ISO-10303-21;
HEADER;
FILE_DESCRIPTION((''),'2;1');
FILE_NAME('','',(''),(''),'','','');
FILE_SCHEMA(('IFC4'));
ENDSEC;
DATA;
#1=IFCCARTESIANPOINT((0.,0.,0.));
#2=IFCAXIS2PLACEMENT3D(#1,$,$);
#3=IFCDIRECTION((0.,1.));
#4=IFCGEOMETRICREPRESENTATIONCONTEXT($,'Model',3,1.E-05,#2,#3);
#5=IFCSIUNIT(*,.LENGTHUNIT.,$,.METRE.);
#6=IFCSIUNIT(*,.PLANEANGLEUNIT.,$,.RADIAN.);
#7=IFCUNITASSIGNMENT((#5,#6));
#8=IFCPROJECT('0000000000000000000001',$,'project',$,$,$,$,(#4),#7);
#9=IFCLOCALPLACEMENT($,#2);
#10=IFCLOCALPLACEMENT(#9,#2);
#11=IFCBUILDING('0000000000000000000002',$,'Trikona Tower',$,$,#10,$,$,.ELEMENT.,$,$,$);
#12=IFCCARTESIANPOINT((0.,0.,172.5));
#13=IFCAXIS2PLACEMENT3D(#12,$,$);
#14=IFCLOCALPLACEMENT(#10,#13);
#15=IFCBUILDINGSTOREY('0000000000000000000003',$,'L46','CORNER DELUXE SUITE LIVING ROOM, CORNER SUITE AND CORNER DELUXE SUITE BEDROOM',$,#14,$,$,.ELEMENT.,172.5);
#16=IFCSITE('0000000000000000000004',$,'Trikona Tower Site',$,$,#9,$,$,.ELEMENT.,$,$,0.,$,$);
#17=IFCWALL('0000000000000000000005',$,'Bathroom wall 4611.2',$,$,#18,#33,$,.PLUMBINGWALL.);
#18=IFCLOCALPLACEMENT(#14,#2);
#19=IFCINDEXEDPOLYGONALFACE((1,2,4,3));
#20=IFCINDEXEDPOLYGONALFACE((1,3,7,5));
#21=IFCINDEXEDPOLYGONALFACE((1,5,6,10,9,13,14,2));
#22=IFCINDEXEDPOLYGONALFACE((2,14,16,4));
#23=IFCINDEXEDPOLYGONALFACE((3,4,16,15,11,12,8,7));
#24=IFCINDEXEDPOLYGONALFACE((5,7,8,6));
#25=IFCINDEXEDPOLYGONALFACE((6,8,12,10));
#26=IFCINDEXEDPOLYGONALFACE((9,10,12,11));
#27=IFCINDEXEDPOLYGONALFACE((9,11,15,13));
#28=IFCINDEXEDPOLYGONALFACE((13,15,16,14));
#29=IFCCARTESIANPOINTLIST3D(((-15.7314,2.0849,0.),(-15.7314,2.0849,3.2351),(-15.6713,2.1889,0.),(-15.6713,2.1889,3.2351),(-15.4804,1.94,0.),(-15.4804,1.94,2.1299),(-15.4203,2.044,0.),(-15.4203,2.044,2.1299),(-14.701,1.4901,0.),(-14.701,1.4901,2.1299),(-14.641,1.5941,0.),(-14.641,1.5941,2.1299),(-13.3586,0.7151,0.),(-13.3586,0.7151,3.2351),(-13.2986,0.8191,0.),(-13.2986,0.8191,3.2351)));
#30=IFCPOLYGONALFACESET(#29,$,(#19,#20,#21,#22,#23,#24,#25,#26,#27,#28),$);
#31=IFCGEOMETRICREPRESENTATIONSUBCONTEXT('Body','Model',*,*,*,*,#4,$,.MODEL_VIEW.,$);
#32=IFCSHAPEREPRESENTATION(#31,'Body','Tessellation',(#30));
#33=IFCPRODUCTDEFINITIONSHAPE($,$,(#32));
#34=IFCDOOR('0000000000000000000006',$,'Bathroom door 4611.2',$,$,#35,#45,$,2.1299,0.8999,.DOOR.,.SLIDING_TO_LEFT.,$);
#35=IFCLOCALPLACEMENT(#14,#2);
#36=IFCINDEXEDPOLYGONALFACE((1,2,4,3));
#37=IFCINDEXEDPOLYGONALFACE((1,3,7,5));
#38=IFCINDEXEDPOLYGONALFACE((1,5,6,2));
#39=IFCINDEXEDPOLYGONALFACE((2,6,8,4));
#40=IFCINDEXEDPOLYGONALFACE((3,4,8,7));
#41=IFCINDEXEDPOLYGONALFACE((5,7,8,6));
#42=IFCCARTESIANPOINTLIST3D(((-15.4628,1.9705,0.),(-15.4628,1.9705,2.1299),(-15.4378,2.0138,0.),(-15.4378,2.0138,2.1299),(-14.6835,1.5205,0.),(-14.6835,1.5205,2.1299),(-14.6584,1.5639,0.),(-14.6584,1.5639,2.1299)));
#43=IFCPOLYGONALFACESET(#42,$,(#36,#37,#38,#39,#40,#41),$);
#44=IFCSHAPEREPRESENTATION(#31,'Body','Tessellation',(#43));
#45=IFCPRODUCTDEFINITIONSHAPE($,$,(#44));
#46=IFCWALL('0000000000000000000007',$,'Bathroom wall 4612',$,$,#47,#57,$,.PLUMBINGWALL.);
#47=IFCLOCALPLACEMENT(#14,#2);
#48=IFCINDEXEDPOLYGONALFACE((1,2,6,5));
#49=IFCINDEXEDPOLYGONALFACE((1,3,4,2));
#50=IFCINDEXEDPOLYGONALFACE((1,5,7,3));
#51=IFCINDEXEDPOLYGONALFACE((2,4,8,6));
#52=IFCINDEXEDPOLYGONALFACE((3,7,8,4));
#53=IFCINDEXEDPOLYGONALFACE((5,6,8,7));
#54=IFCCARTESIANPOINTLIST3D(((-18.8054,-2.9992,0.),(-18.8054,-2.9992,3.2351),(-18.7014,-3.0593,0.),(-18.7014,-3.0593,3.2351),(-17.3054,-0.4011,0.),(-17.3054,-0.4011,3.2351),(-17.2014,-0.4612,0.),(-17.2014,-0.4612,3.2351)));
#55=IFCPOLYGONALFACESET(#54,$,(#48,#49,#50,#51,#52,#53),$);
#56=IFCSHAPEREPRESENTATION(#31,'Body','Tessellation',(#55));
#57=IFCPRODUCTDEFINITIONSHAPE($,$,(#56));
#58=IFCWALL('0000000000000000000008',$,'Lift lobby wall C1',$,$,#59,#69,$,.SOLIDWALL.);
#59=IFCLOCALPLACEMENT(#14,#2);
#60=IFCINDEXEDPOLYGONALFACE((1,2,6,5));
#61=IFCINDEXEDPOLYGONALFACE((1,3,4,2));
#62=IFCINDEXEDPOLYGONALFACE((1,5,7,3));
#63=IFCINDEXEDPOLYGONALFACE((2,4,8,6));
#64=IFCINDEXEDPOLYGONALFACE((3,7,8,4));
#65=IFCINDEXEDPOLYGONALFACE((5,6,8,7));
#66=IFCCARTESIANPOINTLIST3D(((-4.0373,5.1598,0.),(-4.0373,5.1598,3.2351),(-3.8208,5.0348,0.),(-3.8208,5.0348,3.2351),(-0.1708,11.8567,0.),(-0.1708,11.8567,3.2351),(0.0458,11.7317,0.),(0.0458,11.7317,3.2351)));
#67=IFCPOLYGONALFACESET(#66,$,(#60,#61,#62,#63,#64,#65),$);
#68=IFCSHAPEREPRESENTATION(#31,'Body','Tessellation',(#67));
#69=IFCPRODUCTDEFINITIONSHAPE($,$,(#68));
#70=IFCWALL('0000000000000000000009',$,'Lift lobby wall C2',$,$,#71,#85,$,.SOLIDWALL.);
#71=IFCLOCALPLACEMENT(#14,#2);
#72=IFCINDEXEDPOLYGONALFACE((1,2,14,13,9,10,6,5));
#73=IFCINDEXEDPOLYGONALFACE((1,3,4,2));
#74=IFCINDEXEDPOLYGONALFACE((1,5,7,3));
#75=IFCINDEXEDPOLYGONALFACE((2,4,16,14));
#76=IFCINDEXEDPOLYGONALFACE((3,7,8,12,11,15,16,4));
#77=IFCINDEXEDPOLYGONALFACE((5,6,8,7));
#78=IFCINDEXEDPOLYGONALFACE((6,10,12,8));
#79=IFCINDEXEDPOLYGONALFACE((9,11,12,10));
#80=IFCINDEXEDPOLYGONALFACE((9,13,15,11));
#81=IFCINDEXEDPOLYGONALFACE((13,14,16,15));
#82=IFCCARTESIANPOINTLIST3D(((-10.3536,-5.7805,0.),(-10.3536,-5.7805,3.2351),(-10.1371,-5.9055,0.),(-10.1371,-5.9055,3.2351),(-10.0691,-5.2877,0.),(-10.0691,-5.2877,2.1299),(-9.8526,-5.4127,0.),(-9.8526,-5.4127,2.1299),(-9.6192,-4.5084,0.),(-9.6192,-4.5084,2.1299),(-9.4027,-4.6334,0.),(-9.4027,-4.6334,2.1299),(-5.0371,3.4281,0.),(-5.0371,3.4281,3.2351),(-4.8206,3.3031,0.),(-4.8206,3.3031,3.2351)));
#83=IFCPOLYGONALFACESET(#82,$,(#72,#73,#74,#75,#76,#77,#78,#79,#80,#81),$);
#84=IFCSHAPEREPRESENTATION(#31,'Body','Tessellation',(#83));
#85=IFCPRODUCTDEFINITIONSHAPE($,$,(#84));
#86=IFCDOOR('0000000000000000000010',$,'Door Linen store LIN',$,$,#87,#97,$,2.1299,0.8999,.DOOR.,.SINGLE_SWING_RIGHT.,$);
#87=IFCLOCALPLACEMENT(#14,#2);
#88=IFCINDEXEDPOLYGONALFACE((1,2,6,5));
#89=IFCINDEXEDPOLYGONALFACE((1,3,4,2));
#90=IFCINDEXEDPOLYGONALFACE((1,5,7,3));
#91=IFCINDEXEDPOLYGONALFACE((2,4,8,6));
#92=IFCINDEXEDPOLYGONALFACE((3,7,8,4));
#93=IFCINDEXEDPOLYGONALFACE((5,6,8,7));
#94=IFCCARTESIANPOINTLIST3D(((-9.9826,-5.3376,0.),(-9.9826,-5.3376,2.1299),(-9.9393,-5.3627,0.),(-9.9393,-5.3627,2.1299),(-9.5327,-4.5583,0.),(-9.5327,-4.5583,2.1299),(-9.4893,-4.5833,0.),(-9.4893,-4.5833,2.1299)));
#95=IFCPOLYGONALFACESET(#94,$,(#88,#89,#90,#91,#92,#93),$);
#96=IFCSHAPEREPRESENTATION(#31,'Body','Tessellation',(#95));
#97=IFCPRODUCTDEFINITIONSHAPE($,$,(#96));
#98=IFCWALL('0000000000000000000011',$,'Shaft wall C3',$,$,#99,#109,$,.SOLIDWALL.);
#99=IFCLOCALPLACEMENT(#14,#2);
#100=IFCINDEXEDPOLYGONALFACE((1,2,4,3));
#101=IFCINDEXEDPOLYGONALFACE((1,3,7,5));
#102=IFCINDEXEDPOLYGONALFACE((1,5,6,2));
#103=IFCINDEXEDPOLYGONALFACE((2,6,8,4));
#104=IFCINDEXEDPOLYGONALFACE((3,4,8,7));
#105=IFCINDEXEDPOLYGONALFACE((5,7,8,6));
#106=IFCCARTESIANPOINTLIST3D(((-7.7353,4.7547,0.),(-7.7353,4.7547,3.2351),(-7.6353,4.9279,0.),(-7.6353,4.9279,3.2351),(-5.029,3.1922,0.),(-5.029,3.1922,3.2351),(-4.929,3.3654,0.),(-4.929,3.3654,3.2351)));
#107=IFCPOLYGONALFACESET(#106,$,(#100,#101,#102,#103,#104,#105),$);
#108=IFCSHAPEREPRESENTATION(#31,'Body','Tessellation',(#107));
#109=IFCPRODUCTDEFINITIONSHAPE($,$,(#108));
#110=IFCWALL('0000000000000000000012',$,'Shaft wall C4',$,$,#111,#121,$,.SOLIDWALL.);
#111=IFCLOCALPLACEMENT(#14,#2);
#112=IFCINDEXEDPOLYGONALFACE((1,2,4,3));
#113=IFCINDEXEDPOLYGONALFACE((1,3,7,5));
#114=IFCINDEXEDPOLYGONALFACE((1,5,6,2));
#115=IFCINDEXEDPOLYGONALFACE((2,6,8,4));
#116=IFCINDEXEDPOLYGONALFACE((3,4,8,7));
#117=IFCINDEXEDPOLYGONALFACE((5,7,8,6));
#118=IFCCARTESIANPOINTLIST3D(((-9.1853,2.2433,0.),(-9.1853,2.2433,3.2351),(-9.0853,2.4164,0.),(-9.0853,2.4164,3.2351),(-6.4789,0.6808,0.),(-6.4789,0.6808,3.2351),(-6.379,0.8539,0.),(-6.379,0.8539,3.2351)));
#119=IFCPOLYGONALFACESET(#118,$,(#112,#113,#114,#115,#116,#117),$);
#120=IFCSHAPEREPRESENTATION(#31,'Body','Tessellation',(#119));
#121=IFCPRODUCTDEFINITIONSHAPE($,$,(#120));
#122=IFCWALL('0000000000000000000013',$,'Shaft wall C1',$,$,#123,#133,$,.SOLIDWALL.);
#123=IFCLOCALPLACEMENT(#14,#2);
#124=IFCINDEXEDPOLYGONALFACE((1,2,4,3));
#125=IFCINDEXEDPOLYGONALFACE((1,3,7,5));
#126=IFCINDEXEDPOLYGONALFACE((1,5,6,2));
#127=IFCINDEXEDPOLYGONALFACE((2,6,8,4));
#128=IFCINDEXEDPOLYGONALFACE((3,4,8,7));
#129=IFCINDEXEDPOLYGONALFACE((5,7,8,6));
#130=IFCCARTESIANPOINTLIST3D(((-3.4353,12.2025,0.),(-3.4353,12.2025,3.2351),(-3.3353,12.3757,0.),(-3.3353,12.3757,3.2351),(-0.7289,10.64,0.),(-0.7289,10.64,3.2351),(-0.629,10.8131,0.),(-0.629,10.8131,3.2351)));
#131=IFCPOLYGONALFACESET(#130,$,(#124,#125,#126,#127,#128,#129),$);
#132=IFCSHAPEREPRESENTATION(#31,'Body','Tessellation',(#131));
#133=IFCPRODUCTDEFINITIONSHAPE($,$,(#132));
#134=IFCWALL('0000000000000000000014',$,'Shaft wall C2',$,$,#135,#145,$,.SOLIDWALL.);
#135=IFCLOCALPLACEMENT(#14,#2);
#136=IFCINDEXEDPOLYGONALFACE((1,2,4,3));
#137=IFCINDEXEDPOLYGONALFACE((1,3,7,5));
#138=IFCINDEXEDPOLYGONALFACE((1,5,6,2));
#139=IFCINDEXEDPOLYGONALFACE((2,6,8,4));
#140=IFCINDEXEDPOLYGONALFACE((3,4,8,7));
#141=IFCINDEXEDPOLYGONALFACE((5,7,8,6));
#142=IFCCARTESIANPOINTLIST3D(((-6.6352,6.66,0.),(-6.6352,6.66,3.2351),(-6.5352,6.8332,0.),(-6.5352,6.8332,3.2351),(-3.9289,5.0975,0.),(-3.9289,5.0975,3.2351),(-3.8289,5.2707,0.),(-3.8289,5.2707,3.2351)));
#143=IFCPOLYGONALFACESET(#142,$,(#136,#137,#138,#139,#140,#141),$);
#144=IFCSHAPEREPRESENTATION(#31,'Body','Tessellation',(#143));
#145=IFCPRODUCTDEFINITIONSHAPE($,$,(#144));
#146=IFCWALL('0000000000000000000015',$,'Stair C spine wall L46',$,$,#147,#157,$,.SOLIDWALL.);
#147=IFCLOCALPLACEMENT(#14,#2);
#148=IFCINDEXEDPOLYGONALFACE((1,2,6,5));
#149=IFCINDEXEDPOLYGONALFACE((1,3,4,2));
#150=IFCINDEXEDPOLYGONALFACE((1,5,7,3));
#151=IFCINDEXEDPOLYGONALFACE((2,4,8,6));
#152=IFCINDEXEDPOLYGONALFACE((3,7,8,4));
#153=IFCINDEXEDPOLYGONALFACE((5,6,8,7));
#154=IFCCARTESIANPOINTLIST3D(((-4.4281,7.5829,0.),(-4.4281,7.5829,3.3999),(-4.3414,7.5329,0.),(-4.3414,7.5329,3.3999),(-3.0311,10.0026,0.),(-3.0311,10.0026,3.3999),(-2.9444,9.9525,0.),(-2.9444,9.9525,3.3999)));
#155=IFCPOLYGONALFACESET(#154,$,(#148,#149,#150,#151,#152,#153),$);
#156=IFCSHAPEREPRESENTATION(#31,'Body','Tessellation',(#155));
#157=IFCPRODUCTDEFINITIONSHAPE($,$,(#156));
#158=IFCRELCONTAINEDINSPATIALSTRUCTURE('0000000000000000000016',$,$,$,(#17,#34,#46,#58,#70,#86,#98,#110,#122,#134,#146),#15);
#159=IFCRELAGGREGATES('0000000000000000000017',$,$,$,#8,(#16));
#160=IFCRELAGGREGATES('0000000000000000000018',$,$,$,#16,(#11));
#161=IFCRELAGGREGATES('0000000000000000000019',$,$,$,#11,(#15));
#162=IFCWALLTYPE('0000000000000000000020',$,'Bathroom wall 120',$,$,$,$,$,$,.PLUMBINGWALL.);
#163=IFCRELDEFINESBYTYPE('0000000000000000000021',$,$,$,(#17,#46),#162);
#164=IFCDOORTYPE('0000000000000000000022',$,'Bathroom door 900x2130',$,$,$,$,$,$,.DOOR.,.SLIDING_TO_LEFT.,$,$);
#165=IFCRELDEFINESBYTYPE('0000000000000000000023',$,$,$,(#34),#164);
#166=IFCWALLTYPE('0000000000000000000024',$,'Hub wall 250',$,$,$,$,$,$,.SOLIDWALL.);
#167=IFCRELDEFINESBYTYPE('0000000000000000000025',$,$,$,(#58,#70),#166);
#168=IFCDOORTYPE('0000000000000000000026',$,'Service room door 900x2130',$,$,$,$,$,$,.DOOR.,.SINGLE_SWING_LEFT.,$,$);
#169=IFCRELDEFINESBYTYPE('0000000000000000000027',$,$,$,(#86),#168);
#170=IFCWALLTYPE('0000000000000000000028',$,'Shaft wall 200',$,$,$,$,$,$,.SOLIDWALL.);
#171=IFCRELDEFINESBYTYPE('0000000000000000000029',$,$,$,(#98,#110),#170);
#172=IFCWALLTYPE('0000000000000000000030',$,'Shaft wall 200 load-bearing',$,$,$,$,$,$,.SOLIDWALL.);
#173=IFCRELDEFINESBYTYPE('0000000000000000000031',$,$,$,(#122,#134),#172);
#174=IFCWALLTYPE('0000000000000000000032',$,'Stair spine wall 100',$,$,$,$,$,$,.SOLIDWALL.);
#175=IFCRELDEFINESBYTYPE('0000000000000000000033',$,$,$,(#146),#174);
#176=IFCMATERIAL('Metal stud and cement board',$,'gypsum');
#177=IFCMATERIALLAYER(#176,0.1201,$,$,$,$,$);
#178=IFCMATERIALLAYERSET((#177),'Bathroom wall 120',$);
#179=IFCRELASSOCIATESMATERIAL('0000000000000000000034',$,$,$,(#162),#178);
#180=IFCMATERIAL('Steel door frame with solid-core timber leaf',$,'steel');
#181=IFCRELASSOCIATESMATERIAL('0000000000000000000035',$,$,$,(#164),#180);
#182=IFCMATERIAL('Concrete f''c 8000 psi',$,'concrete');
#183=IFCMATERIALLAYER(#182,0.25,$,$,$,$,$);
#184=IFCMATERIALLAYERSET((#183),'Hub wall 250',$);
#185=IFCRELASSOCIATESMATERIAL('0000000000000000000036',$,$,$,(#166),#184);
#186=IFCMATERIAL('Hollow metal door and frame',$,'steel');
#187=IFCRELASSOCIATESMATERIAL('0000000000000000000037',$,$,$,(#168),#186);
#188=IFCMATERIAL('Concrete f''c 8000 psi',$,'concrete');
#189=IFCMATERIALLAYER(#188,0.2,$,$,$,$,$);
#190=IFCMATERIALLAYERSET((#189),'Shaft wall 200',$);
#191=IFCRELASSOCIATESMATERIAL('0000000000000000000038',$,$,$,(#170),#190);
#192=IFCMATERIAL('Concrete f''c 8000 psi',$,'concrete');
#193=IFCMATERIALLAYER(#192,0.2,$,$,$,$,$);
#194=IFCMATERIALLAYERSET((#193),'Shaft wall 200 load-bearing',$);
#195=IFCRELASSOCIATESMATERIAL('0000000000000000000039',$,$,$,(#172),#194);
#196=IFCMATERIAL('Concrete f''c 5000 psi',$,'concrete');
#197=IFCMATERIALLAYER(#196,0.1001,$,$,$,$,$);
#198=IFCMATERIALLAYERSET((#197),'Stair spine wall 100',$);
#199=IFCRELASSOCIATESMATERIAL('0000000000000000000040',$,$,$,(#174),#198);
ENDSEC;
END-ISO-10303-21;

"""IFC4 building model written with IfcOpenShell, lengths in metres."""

from ifc_helpers import new_model, si_unit, direction, frame, frame_2d, origin, place, context, subcontext, project, spatial, rectangle, extrude, material, layer, layer_set, type_object, element, fill, save


model = new_model("IFC4")

# Units and contexts
model_context = context("Model", 3, precision=1e-05, world=origin(), true_north=direction((0.0, 1.0)))
body_context = subcontext(model_context, "Body", "Model", "MODEL_VIEW")
ifc_project = project(units=[si_unit("LENGTHUNIT", "METRE"), si_unit("PLANEANGLEUNIT", "RADIAN")], contexts=[model_context])

# Site, building, storey
site_placement = place(None, origin())
site = spatial("IfcSite", under=ifc_project, at=site_placement, Name="Trikona Tower Site", CompositionType="ELEMENT", RefElevation=0.0)
building_placement = place(site_placement, origin())
building = spatial("IfcBuilding", under=site, at=building_placement, Name="Trikona Tower", CompositionType="ELEMENT")
storey_placement = place(building_placement, frame((0.0, 0.0, 172.5)))
storey = spatial("IfcBuildingStorey", under=building, at=storey_placement, Name="L46", Description="CORNER DELUXE SUITE LIVING ROOM, CORNER SUITE AND CORNER DELUXE SUITE BEDROOM", CompositionType="ELEMENT", Elevation=172.5)

# Shared definitions
ifc_material_1 = material(Name="Metal stud and cement board", Category="gypsum")
ifc_layer_1 = layer(ifc_material_1, 0.1201)
ifc_layer_set_1 = layer_set([ifc_layer_1], Name="Bathroom wall 120")
wall_type_1 = type_object("IfcWallType", Name="Bathroom wall 120", PredefinedType="PLUMBINGWALL", material=ifc_layer_set_1)
ifc_material_2 = material(Name="Steel door frame with solid-core timber leaf", Category="steel")
door_type_1 = type_object("IfcDoorType", Name="Bathroom door 900x2130", OperationType="SLIDING_TO_LEFT", PredefinedType="DOOR", material=ifc_material_2)

# Wall, opening, door
wall_1_placement = place(storey_placement, frame((-13.3286, 0.7671, 0.0), z_axis=(0.0, 0.0, 1.0), x_axis=(-0.866036, 0.499982, 0.0)))
wall_1 = element("IfcWall", 1, at=wall_1_placement, inside=storey, type_object=wall_type_1, Name="Bathroom wall 4611.2", PredefinedType="PLUMBINGWALL", context=body_context, shape_type="SweptSolid", body=[
    extrude(rectangle(XDim=2.7397, YDim=0.1201, at=frame_2d((1.3699, 0.0))), origin(), (0.0, 0.0, 1.0), 3.2351),
])
opening_1_placement = place(wall_1_placement, frame((1.55, 0.0, 0.0)))
opening_1 = element("IfcOpeningElement", 2, at=opening_1_placement, cuts=wall_1, PredefinedType="OPENING", context=body_context, shape_type="SweptSolid", body=[
    extrude(rectangle(XDim=0.8999, YDim=2.1299, at=frame_2d((0.45, 1.0649))), frame((0.0, 0.0701, 0.0), z_axis=(0.0, -1.0, 0.0), x_axis=(1.0, 0.0, 0.0)), (0.0, 0.0, 1.0), 0.1401),
])
door_1_placement = place(opening_1_placement, origin())
door_1 = element("IfcDoor", 3, at=door_1_placement, inside=storey, type_object=door_type_1, Name="Bathroom door 4611.2", OperationType="SLIDING_TO_LEFT", OverallHeight=2.1299, OverallWidth=0.8999, PredefinedType="DOOR", context=body_context, shape_type="SweptSolid", body=[
    extrude(rectangle(XDim=0.8999, YDim=2.1299, at=frame_2d((0.45, 1.0649))), frame((0.0, 0.0249, 0.0), z_axis=(0.0, -1.0, 0.0), x_axis=(1.0, 0.0, 0.0)), (0.0, 0.0, 1.0), 0.05),
])
fill(opening_1, door_1)

# Walls
wall_2_placement = place(storey_placement, frame((-17.2534, -0.4312, 0.0), z_axis=(0.0, 0.0, 1.0), x_axis=(-0.49999, -0.866031, 0.0)))
element("IfcWall", 4, at=wall_2_placement, inside=storey, type_object=wall_type_1, Name="Bathroom wall 4612", PredefinedType="PLUMBINGWALL", context=body_context, shape_type="SweptSolid", body=[
    extrude(rectangle(XDim=3.0, YDim=0.1201, at=frame_2d((1.5, 0.0))), origin(), (0.0, 0.0, 1.0), 3.2351),
])
ifc_material_3 = material(Name="Concrete f'c 8000 psi", Category="concrete")
ifc_layer_2 = layer(ifc_material_3, 0.25)
ifc_layer_set_2 = layer_set([ifc_layer_2], Name="Hub wall 250")
wall_type_2 = type_object("IfcWallType", Name="Hub wall 250", PredefinedType="SOLIDWALL", material=ifc_layer_set_2)
wall_3_placement = place(storey_placement, frame((-0.0625, 11.7942, 0.0), z_axis=(0.0, 0.0, 1.0), x_axis=(-0.500007, -0.866022, 0.0)))
element("IfcWall", 5, at=wall_3_placement, inside=storey, type_object=wall_type_2, Name="Lift lobby wall C1", PredefinedType="SOLIDWALL", context=body_context, shape_type="SweptSolid", body=[
    extrude(rectangle(XDim=7.7329, YDim=0.25, at=frame_2d((3.8665, 0.0))), origin(), (0.0, 0.0, 1.0), 3.2351),
])

# Wall, opening, door
wall_4_placement = place(storey_placement, frame((-4.929, 3.3655, 0.0), z_axis=(0.0, 0.0, 1.0), x_axis=(-0.499991, -0.86603, 0.0)))
wall_4 = element("IfcWall", 6, at=wall_4_placement, inside=storey, type_object=wall_type_2, Name="Lift lobby wall C2", PredefinedType="SOLIDWALL", context=body_context, shape_type="SweptSolid", body=[
    extrude(rectangle(XDim=10.6331, YDim=0.25, at=frame_2d((5.3164, 0.0))), origin(), (0.0, 0.0, 1.0), 3.2351),
])
opening_2_placement = place(wall_4_placement, frame((9.1641, 0.0, 0.0)))
opening_2 = element("IfcOpeningElement", 7, at=opening_2_placement, cuts=wall_4, PredefinedType="OPENING", context=body_context, shape_type="SweptSolid", body=[
    extrude(rectangle(XDim=0.8999, YDim=2.1299, at=frame_2d((0.45, 1.0649))), frame((0.0, 0.135, 0.0), z_axis=(0.0, -1.0, 0.0), x_axis=(1.0, 0.0, 0.0)), (0.0, 0.0, 1.0), 0.27),
])
ifc_material_4 = material(Name="Hollow metal door and frame", Category="steel")
door_type_2 = type_object("IfcDoorType", Name="Service room door 900x2130", OperationType="SINGLE_SWING_LEFT", PredefinedType="DOOR", material=ifc_material_4)
door_2_placement = place(opening_2_placement, origin())
door_2 = element("IfcDoor", 8, at=door_2_placement, inside=storey, type_object=door_type_2, Name="Door Linen store LIN", OperationType="SINGLE_SWING_RIGHT", OverallHeight=2.1299, OverallWidth=0.8999, PredefinedType="DOOR", context=body_context, shape_type="SweptSolid", body=[
    extrude(rectangle(XDim=0.8999, YDim=2.1299, at=frame_2d((0.45, 1.0649))), frame((0.0, 0.0249, 0.0), z_axis=(0.0, -1.0, 0.0), x_axis=(1.0, 0.0, 0.0)), (0.0, 0.0, 1.0), 0.05),
])
fill(opening_2, door_2)

# Walls
ifc_material_5 = material(Name="Concrete f'c 8000 psi", Category="concrete")
ifc_layer_3 = layer(ifc_material_5, 0.2)
ifc_layer_set_3 = layer_set([ifc_layer_3], Name="Shaft wall 200")
wall_type_3 = type_object("IfcWallType", Name="Shaft wall 200", PredefinedType="SOLIDWALL", material=ifc_layer_set_3)
for number, where, z_axis, x_axis, name in (
    (9, (-4.979, 3.2788, 0.0), (0.0, 0.0, 1.0), (-0.866023, 0.500004, 0.0), "Shaft wall C3"),
    (10, (-6.429, 0.7673, 0.0), (0.0, 0.0, 1.0), (-0.866023, 0.500004, 0.0), "Shaft wall C4"),
):
    element("IfcWall", number, at=place(storey_placement, frame(where, z_axis=z_axis, x_axis=x_axis)), inside=storey, type_object=wall_type_3, Name=name, PredefinedType="SOLIDWALL", context=body_context, shape_type="SweptSolid", body=[
        extrude(rectangle(XDim=3.125, YDim=0.2, at=frame_2d((1.5625, 0.0))), origin(), (0.0, 0.0, 1.0), 3.2351),
    ])
ifc_material_6 = material(Name="Concrete f'c 8000 psi", Category="concrete")
ifc_layer_4 = layer(ifc_material_6, 0.2)
ifc_layer_set_4 = layer_set([ifc_layer_4], Name="Shaft wall 200 load-bearing")
wall_type_4 = type_object("IfcWallType", Name="Shaft wall 200 load-bearing", PredefinedType="SOLIDWALL", material=ifc_layer_set_4)
for number, where, z_axis, x_axis, name in (
    (11, (-0.679, 10.7266, 0.0), (0.0, 0.0, 1.0), (-0.866023, 0.500004, 0.0), "Shaft wall C1"),
    (12, (-3.8789, 5.1841, 0.0), (0.0, 0.0, 1.0), (-0.866023, 0.500004, 0.0), "Shaft wall C2"),
):
    element("IfcWall", number, at=place(storey_placement, frame(where, z_axis=z_axis, x_axis=x_axis)), inside=storey, type_object=wall_type_4, Name=name, PredefinedType="SOLIDWALL", context=body_context, shape_type="SweptSolid", body=[
        extrude(rectangle(XDim=3.125, YDim=0.2, at=frame_2d((1.5625, 0.0))), origin(), (0.0, 0.0, 1.0), 3.2351),
    ])
ifc_material_7 = material(Name="Concrete f'c 5000 psi", Category="concrete")
ifc_layer_5 = layer(ifc_material_7, 0.1001)
ifc_layer_set_5 = layer_set([ifc_layer_5], Name="Stair spine wall 100")
wall_type_5 = type_object("IfcWallType", Name="Stair spine wall 100", PredefinedType="SOLIDWALL", material=ifc_layer_set_5)
wall_5_placement = place(storey_placement, frame((-2.9878, 9.9775, 0.0), z_axis=(0.0, 0.0, 1.0), x_axis=(-0.499992, -0.86603, 0.0)))
element("IfcWall", 13, at=wall_5_placement, inside=storey, type_object=wall_type_5, Name="Stair C spine wall L46", PredefinedType="SOLIDWALL", context=body_context, shape_type="SweptSolid", body=[
    extrude(rectangle(XDim=2.7939, YDim=0.1001, at=frame_2d((1.397, 0.0))), origin(), (0.0, 0.0, 1.0), 3.3999),
])

save(model, "model.ifc")
